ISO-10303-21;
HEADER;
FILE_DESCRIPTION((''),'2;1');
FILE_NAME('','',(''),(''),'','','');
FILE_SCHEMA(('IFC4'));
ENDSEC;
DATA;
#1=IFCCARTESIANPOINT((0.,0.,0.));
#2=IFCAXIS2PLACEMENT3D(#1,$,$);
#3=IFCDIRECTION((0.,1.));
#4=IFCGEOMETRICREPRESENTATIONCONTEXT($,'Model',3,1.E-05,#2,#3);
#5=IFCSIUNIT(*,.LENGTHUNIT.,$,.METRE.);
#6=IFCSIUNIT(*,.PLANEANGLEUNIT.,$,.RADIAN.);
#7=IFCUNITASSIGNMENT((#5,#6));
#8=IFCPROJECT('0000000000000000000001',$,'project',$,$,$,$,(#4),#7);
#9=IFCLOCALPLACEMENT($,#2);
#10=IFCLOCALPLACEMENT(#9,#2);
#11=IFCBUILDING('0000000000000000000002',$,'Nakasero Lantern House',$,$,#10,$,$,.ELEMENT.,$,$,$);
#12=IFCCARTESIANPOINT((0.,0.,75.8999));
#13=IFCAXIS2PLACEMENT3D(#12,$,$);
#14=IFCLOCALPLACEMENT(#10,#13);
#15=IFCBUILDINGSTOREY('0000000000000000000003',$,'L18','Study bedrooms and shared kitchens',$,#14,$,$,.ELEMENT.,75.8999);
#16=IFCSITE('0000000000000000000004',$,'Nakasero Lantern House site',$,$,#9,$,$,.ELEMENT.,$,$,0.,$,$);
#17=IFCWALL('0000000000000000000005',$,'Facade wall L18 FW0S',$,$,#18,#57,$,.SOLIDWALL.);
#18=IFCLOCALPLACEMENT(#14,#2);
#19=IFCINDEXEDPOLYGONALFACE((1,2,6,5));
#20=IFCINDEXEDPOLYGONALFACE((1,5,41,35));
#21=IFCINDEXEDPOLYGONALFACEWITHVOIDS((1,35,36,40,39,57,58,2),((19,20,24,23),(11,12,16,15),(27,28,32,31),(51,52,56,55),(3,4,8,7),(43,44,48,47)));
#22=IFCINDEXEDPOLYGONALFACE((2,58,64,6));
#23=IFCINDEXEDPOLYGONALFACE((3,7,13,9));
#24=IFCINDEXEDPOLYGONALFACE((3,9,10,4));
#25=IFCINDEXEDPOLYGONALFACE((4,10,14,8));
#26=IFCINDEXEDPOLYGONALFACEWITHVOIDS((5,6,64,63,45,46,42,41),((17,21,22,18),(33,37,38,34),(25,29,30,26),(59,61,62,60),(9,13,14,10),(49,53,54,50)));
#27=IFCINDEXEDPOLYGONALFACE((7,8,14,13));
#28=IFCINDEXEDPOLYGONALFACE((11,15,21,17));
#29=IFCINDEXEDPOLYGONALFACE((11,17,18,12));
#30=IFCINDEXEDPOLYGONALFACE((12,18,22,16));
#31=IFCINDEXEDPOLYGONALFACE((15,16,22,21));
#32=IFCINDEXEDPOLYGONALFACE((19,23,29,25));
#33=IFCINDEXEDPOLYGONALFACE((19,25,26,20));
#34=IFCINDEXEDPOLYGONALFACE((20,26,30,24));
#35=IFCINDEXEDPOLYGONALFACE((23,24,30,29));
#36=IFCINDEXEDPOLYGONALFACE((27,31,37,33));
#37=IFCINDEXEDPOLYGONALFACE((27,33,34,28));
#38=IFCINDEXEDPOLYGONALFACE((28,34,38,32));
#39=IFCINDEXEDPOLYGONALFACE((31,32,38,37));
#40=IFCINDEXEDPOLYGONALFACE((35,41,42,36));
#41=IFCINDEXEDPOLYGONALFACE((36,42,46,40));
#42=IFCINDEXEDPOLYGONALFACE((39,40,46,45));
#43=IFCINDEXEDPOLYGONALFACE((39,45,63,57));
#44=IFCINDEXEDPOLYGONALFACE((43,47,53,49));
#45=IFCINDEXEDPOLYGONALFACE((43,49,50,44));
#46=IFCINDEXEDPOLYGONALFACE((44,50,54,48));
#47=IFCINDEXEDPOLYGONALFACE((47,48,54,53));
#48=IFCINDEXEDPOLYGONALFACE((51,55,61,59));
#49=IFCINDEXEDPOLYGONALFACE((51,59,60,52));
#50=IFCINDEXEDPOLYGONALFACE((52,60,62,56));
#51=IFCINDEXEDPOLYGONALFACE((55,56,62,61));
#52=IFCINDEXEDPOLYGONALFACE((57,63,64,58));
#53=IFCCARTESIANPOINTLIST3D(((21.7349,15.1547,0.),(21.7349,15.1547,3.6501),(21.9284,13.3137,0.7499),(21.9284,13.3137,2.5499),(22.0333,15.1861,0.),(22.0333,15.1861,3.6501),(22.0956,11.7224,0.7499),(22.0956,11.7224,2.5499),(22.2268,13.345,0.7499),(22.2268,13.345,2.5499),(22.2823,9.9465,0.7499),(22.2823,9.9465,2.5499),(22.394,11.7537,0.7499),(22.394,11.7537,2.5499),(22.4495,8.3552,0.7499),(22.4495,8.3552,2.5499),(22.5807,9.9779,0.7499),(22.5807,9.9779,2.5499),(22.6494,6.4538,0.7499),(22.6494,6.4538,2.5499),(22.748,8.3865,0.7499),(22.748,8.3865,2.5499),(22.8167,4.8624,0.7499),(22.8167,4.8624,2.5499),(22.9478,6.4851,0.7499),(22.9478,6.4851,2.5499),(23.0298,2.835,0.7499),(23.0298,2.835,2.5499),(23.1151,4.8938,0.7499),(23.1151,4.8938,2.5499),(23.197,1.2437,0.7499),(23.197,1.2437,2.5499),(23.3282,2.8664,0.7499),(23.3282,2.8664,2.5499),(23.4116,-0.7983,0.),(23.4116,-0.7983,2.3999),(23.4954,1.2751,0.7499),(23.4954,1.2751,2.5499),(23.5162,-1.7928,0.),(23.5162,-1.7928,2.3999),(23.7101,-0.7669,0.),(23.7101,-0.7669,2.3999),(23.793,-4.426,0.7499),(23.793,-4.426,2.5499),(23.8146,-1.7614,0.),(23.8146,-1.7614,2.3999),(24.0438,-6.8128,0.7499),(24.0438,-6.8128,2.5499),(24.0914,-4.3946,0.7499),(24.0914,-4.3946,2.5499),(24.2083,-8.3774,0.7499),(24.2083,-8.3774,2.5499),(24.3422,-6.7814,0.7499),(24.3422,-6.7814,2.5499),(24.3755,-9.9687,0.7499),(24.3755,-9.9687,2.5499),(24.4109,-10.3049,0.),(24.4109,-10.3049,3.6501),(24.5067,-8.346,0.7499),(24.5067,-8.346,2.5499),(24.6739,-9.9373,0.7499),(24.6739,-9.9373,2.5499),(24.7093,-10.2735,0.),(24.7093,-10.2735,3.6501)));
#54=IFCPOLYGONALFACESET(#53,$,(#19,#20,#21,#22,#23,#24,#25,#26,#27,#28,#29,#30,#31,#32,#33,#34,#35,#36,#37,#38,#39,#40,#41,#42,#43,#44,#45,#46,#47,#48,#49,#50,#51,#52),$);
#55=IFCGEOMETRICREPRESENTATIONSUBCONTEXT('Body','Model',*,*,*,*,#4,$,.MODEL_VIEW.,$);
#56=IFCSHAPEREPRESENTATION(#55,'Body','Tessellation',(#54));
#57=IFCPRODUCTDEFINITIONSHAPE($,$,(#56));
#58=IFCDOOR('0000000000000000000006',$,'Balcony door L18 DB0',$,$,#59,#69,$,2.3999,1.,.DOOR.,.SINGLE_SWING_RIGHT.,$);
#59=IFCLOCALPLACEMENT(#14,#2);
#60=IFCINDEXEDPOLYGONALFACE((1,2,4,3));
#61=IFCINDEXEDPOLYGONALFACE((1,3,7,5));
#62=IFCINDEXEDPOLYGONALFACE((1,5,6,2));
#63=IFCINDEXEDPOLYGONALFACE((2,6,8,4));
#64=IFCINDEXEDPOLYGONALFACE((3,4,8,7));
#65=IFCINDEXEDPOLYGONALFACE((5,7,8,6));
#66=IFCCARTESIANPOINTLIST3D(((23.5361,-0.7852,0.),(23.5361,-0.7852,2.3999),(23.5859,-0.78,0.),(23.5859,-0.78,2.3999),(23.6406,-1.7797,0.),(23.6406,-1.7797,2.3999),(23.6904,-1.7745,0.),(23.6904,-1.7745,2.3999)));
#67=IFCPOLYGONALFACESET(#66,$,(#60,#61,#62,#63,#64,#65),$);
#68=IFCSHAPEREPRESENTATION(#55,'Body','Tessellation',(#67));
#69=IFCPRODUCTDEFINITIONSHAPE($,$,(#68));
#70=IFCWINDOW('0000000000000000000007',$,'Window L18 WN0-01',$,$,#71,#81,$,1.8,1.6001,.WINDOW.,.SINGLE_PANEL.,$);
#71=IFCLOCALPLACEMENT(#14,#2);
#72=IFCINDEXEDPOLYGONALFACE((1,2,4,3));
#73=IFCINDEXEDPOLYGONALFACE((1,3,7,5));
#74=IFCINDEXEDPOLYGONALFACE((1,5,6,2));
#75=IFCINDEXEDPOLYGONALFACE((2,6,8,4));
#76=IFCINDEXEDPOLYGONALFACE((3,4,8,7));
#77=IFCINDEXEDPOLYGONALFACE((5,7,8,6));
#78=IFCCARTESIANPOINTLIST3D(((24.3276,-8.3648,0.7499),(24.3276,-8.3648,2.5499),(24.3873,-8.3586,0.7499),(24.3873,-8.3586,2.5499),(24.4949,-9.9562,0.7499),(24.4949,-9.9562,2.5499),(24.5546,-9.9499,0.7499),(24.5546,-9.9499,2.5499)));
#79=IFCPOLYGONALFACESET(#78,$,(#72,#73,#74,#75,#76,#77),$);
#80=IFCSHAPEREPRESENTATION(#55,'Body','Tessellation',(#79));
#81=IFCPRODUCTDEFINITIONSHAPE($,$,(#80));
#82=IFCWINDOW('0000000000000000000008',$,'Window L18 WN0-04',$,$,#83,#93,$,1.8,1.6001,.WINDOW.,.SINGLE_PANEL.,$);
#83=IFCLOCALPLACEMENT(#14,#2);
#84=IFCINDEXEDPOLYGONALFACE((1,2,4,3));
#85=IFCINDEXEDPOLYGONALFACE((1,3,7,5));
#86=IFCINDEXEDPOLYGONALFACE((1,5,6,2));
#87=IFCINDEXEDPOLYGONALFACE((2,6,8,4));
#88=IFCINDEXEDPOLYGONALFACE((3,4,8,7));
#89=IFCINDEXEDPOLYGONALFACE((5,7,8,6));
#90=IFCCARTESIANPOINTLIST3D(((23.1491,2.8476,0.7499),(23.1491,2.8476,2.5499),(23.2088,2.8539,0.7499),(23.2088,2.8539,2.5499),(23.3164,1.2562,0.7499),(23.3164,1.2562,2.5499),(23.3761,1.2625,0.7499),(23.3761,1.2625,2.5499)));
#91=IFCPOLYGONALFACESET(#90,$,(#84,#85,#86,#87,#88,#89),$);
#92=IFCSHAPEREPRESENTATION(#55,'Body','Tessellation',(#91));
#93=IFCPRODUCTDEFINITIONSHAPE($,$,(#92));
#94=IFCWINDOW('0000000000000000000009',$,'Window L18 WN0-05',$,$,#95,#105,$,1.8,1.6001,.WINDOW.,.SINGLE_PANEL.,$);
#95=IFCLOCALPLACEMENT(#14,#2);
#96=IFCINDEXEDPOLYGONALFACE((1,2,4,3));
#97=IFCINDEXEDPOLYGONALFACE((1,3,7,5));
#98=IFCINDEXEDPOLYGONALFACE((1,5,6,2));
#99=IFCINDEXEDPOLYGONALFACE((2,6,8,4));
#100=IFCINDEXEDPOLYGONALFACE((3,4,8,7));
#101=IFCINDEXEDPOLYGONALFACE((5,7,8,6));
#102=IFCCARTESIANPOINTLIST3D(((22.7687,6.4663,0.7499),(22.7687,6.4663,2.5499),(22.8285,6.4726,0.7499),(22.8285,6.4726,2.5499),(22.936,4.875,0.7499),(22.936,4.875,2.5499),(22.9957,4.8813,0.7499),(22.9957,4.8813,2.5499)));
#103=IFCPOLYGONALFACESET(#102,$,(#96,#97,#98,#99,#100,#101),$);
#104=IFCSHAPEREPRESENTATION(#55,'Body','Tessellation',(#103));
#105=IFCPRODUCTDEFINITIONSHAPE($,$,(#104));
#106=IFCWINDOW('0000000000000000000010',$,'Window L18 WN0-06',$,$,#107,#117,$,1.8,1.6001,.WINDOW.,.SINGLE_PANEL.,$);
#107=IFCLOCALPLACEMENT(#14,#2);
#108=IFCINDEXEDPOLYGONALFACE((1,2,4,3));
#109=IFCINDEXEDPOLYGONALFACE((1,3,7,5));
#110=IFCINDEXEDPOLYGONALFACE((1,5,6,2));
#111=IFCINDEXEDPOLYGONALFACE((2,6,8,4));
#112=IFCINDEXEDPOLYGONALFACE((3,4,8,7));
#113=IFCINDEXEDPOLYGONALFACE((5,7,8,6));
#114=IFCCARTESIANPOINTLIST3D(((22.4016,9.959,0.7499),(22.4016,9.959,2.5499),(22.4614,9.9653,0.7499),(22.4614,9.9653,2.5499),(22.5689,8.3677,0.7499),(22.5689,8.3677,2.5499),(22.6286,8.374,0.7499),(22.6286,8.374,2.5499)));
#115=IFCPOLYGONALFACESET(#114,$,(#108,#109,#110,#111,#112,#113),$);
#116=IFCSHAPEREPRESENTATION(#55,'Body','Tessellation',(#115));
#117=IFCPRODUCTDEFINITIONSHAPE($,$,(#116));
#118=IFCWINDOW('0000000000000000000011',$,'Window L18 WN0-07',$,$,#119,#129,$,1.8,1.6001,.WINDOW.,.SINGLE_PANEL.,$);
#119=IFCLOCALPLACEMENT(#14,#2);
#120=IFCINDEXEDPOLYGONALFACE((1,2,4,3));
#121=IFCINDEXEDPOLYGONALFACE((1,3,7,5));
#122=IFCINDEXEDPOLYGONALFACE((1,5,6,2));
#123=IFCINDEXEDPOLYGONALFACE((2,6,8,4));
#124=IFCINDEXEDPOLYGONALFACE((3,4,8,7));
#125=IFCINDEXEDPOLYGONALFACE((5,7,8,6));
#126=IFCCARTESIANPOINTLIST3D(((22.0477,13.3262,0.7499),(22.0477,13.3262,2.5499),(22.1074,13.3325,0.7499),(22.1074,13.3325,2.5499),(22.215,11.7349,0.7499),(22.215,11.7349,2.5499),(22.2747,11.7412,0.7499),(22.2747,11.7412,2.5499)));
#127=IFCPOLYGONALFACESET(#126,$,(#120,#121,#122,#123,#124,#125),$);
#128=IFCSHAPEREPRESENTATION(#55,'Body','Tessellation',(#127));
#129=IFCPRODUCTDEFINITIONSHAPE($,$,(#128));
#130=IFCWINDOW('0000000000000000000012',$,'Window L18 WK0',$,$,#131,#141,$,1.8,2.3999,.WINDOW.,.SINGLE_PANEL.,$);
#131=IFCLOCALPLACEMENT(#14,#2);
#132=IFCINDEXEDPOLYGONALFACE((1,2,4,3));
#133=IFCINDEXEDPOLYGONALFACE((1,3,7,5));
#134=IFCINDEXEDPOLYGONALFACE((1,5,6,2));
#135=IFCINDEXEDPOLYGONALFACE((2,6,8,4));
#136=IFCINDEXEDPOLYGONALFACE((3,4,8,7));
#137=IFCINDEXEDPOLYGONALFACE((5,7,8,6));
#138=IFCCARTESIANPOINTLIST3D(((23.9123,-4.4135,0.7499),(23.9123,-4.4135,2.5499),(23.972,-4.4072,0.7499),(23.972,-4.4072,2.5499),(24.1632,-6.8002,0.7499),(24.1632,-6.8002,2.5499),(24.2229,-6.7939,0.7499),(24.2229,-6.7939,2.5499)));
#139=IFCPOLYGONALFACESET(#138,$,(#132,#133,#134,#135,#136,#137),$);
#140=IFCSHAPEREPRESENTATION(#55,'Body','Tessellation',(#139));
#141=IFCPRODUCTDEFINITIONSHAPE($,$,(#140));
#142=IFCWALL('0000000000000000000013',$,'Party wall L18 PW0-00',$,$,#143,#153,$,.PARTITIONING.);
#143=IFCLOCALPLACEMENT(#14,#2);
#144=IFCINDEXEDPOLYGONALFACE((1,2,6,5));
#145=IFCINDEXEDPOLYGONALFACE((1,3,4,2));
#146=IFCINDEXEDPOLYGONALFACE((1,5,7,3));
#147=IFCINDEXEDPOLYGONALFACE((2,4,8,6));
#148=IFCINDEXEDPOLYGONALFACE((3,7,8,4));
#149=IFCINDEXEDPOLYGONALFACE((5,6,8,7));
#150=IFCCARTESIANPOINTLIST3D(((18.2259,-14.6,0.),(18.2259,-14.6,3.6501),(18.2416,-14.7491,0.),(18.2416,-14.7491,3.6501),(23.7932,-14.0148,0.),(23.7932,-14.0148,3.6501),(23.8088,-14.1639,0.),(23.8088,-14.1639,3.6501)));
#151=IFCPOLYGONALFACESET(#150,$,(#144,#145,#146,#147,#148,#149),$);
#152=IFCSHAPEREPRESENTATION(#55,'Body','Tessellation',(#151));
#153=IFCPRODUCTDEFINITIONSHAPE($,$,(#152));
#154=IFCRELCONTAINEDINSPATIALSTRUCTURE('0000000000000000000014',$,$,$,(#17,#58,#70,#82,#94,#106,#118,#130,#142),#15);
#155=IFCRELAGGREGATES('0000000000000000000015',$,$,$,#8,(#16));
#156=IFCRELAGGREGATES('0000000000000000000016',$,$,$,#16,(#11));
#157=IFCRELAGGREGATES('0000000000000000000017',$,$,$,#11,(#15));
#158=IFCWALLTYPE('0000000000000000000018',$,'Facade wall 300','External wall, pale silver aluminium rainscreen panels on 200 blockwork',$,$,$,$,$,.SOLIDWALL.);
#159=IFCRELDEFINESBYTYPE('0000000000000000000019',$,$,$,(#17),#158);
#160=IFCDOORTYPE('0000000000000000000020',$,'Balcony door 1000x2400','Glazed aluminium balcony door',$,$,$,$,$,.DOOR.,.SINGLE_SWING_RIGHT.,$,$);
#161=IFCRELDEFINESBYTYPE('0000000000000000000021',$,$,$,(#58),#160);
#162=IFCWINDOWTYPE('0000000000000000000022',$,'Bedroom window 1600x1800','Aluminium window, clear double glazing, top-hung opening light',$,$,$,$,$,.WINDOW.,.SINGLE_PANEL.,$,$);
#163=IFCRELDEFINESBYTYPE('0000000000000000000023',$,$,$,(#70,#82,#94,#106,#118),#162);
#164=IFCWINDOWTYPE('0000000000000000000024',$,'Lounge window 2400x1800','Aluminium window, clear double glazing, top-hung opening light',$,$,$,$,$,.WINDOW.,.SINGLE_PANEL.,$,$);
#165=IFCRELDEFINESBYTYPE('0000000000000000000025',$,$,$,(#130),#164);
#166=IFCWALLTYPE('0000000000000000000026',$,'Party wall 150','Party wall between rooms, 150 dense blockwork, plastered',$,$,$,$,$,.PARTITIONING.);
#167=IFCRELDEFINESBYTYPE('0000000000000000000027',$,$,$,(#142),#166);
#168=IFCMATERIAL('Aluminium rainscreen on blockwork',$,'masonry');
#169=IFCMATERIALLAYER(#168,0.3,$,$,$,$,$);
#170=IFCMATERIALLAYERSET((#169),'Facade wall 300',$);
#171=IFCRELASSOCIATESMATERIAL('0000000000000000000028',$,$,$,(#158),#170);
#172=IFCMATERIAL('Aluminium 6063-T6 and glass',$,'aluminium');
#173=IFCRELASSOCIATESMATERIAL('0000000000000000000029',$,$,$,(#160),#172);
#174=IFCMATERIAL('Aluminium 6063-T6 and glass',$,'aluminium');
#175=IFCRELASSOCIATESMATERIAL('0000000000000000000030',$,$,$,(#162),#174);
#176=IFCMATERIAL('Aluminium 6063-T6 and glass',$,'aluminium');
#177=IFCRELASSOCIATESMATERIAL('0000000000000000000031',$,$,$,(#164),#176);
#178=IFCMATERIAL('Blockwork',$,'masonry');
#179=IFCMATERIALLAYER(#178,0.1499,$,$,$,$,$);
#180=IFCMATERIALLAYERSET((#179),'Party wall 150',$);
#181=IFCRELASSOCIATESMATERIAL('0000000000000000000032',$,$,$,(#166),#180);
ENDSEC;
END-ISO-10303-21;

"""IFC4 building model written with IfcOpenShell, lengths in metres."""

from ifc_helpers import new_model, si_unit, direction, frame, frame_2d, origin, place, context, subcontext, project, spatial, rectangle, extrude, material, layer, layer_set, type_object, element, fill, save


model = new_model("IFC4")

# Units and contexts
model_context = context("Model", 3, precision=1e-05, world=origin(), true_north=direction((0.0, 1.0)))
body_context = subcontext(model_context, "Body", "Model", "MODEL_VIEW")
ifc_project = project(units=[si_unit("LENGTHUNIT", "METRE"), si_unit("PLANEANGLEUNIT", "RADIAN")], contexts=[model_context])

# Site, building, storey
site_placement = place(None, origin())
site = spatial("IfcSite", under=ifc_project, at=site_placement, Name="Nakasero Lantern House site", CompositionType="ELEMENT", RefElevation=0.0)
building_placement = place(site_placement, origin())
building = spatial("IfcBuilding", under=site, at=building_placement, Name="Nakasero Lantern House", CompositionType="ELEMENT")
storey_placement = place(building_placement, frame((0.0, 0.0, 75.8999)))
storey = spatial("IfcBuildingStorey", under=building, at=storey_placement, Name="L18", Description="Study bedrooms and shared kitchens", CompositionType="ELEMENT", Elevation=75.8999)

# Wall, openings, door, windows
ifc_material_1 = material(Name="Aluminium rainscreen on blockwork", Category="masonry")
ifc_layer_1 = layer(ifc_material_1, 0.3)
ifc_layer_set_1 = layer_set([ifc_layer_1], Name="Facade wall 300")
wall_type_1 = type_object("IfcWallType", Name="Facade wall 300", Description="External wall, pale silver aluminium rainscreen panels on 200 blockwork", PredefinedType="SOLIDWALL", material=ifc_layer_set_1)
wall_1_placement = place(storey_placement, frame((24.5601, -10.2891, 0.0), z_axis=(0.0, 0.0, 1.0), x_axis=(-0.104532, 0.994521, 0.0)))
wall_1 = element("IfcWall", 1, at=wall_1_placement, inside=storey, type_object=wall_type_1, Name="Facade wall L18 FW0S", PredefinedType="SOLIDWALL", context=body_context, shape_type="SweptSolid", body=[
    extrude(rectangle(XDim=25.5999, YDim=0.3, at=frame_2d((12.7998, 0.0))), origin(), (0.0, 0.0, 1.0), 3.6501),
])
opening_1_placement = place(wall_1_placement, frame((0.3379, 0.0, 0.75)))
opening_1 = element("IfcOpeningElement", 2, at=opening_1_placement, cuts=wall_1, PredefinedType="OPENING", context=body_context, shape_type="SweptSolid", body=[
    extrude(rectangle(XDim=1.6001, YDim=1.8, at=frame_2d((0.8, 0.8999))), frame((0.0, 0.1699, 0.0), z_axis=(0.0, -1.0, 0.0), x_axis=(1.0, 0.0, 0.0)), (0.0, 0.0, 1.0), 0.3401),
])
opening_2_placement = place(wall_1_placement, frame((11.6121, 0.0, 0.75)))
opening_2 = element("IfcOpeningElement", 3, at=opening_2_placement, cuts=wall_1, PredefinedType="OPENING", context=body_context, shape_type="SweptSolid", body=[
    extrude(rectangle(XDim=1.6001, YDim=1.8, at=frame_2d((0.8, 0.8999))), frame((0.0, 0.1699, 0.0), z_axis=(0.0, -1.0, 0.0), x_axis=(1.0, 0.0, 0.0)), (0.0, 0.0, 1.0), 0.3401),
])
opening_3_placement = place(wall_1_placement, frame((15.2507, 0.0, 0.75)))
opening_3 = element("IfcOpeningElement", 4, at=opening_3_placement, cuts=wall_1, PredefinedType="OPENING", context=body_context, shape_type="SweptSolid", body=[
    extrude(rectangle(XDim=1.6001, YDim=1.8, at=frame_2d((0.8, 0.8999))), frame((0.0, 0.1699, 0.0), z_axis=(0.0, -1.0, 0.0), x_axis=(1.0, 0.0, 0.0)), (0.0, 0.0, 1.0), 0.3401),
])
opening_4_placement = place(wall_1_placement, frame((18.7627, 0.0, 0.75)))
opening_4 = element("IfcOpeningElement", 5, at=opening_4_placement, cuts=wall_1, PredefinedType="OPENING", context=body_context, shape_type="SweptSolid", body=[
    extrude(rectangle(XDim=1.6001, YDim=1.8, at=frame_2d((0.8, 0.8999))), frame((0.0, 0.1699, 0.0), z_axis=(0.0, -1.0, 0.0), x_axis=(1.0, 0.0, 0.0)), (0.0, 0.0, 1.0), 0.3401),
])
opening_5_placement = place(wall_1_placement, frame((22.1484, 0.0, 0.75)))
opening_5 = element("IfcOpeningElement", 6, at=opening_5_placement, cuts=wall_1, PredefinedType="OPENING", context=body_context, shape_type="SweptSolid", body=[
    extrude(rectangle(XDim=1.6001, YDim=1.8, at=frame_2d((0.8, 0.8999))), frame((0.0, 0.1699, 0.0), z_axis=(0.0, -1.0, 0.0), x_axis=(1.0, 0.0, 0.0)), (0.0, 0.0, 1.0), 0.3401),
])
opening_6_placement = place(wall_1_placement, frame((3.5112, 0.0, 0.75)))
opening_6 = element("IfcOpeningElement", 7, at=opening_6_placement, cuts=wall_1, PredefinedType="OPENING", context=body_context, shape_type="SweptSolid", body=[
    extrude(rectangle(XDim=2.3999, YDim=1.8, at=frame_2d((1.2, 0.8999))), frame((0.0, 0.1699, 0.0), z_axis=(0.0, -1.0, 0.0), x_axis=(1.0, 0.0, 0.0)), (0.0, 0.0, 1.0), 0.3401),
])
opening_7_placement = place(wall_1_placement, frame((8.5588, 0.0, 0.0)))
opening_7 = element("IfcOpeningElement", 8, at=opening_7_placement, cuts=wall_1, PredefinedType="OPENING", context=body_context, shape_type="SweptSolid", body=[
    extrude(rectangle(XDim=1.0, YDim=2.3999, at=frame_2d((0.5, 1.2))), frame((0.0, 0.1699, 0.0), z_axis=(0.0, -1.0, 0.0), x_axis=(1.0, 0.0, 0.0)), (0.0, 0.0, 1.0), 0.3401),
])
ifc_material_2 = material(Name="Aluminium 6063-T6 and glass", Category="aluminium")
door_type_1 = type_object("IfcDoorType", Name="Balcony door 1000x2400", Description="Glazed aluminium balcony door", OperationType="SINGLE_SWING_RIGHT", PredefinedType="DOOR", material=ifc_material_2)
door_1_placement = place(opening_7_placement, origin())
door_1 = element("IfcDoor", 9, at=door_1_placement, inside=storey, type_object=door_type_1, Name="Balcony door L18 DB0", OperationType="SINGLE_SWING_RIGHT", OverallHeight=2.3999, OverallWidth=1.0, PredefinedType="DOOR", context=body_context, shape_type="SweptSolid", body=[
    extrude(rectangle(XDim=1.0, YDim=2.3999, at=frame_2d((0.5, 1.2))), frame((0.0, 0.0249, 0.0), z_axis=(0.0, -1.0, 0.0), x_axis=(1.0, 0.0, 0.0)), (0.0, 0.0, 1.0), 0.05),
])
fill(opening_7, door_1)
ifc_material_3 = material(Name="Aluminium 6063-T6 and glass", Category="aluminium")
window_type_1 = type_object("IfcWindowType", Name="Bedroom window 1600x1800", Description="Aluminium window, clear double glazing, top-hung opening light", PartitioningType="SINGLE_PANEL", PredefinedType="WINDOW", material=ifc_material_3)
window_1_placement = place(opening_1_placement, origin())
window_1 = element("IfcWindow", 10, at=window_1_placement, inside=storey, type_object=window_type_1, Name="Window L18 WN0-01", OverallHeight=1.8, OverallWidth=1.6001, PartitioningType="SINGLE_PANEL", PredefinedType="WINDOW", context=body_context, shape_type="SweptSolid", body=[
    extrude(rectangle(XDim=1.6001, YDim=1.8, at=frame_2d((0.8, 0.8999))), frame((0.0, 0.03, 0.0), z_axis=(0.0, -1.0, 0.0), x_axis=(1.0, 0.0, 0.0)), (0.0, 0.0, 1.0), 0.0601),
])
fill(opening_1, window_1)
window_2_placement = place(opening_2_placement, origin())
window_2 = element("IfcWindow", 11, at=window_2_placement, inside=storey, type_object=window_type_1, Name="Window L18 WN0-04", OverallHeight=1.8, OverallWidth=1.6001, PartitioningType="SINGLE_PANEL", PredefinedType="WINDOW", context=body_context, shape_type="SweptSolid", body=[
    extrude(rectangle(XDim=1.6001, YDim=1.8, at=frame_2d((0.8, 0.8999))), frame((0.0, 0.03, 0.0), z_axis=(0.0, -1.0, 0.0), x_axis=(1.0, 0.0, 0.0)), (0.0, 0.0, 1.0), 0.0601),
])
fill(opening_2, window_2)
window_3_placement = place(opening_3_placement, origin())
window_3 = element("IfcWindow", 12, at=window_3_placement, inside=storey, type_object=window_type_1, Name="Window L18 WN0-05", OverallHeight=1.8, OverallWidth=1.6001, PartitioningType="SINGLE_PANEL", PredefinedType="WINDOW", context=body_context, shape_type="SweptSolid", body=[
    extrude(rectangle(XDim=1.6001, YDim=1.8, at=frame_2d((0.8, 0.8999))), frame((0.0, 0.03, 0.0), z_axis=(0.0, -1.0, 0.0), x_axis=(1.0, 0.0, 0.0)), (0.0, 0.0, 1.0), 0.0601),
])
fill(opening_3, window_3)
window_4_placement = place(opening_4_placement, origin())
window_4 = element("IfcWindow", 13, at=window_4_placement, inside=storey, type_object=window_type_1, Name="Window L18 WN0-06", OverallHeight=1.8, OverallWidth=1.6001, PartitioningType="SINGLE_PANEL", PredefinedType="WINDOW", context=body_context, shape_type="SweptSolid", body=[
    extrude(rectangle(XDim=1.6001, YDim=1.8, at=frame_2d((0.8, 0.8999))), frame((0.0, 0.03, 0.0), z_axis=(0.0, -1.0, 0.0), x_axis=(1.0, 0.0, 0.0)), (0.0, 0.0, 1.0), 0.0601),
])
fill(opening_4, window_4)
window_5_placement = place(opening_5_placement, origin())
window_5 = element("IfcWindow", 14, at=window_5_placement, inside=storey, type_object=window_type_1, Name="Window L18 WN0-07", OverallHeight=1.8, OverallWidth=1.6001, PartitioningType="SINGLE_PANEL", PredefinedType="WINDOW", context=body_context, shape_type="SweptSolid", body=[
    extrude(rectangle(XDim=1.6001, YDim=1.8, at=frame_2d((0.8, 0.8999))), frame((0.0, 0.03, 0.0), z_axis=(0.0, -1.0, 0.0), x_axis=(1.0, 0.0, 0.0)), (0.0, 0.0, 1.0), 0.0601),
])
fill(opening_5, window_5)
ifc_material_4 = material(Name="Aluminium 6063-T6 and glass", Category="aluminium")
window_type_2 = type_object("IfcWindowType", Name="Lounge window 2400x1800", Description="Aluminium window, clear double glazing, top-hung opening light", PartitioningType="SINGLE_PANEL", PredefinedType="WINDOW", material=ifc_material_4)
window_6_placement = place(opening_6_placement, origin())
window_6 = element("IfcWindow", 15, at=window_6_placement, inside=storey, type_object=window_type_2, Name="Window L18 WK0", OverallHeight=1.8, OverallWidth=2.3999, PartitioningType="SINGLE_PANEL", PredefinedType="WINDOW", context=body_context, shape_type="SweptSolid", body=[
    extrude(rectangle(XDim=2.3999, YDim=1.8, at=frame_2d((1.2, 0.8999))), frame((0.0, 0.03, 0.0), z_axis=(0.0, -1.0, 0.0), x_axis=(1.0, 0.0, 0.0)), (0.0, 0.0, 1.0), 0.0601),
])
fill(opening_6, window_6)

# Wall
ifc_material_5 = material(Name="Blockwork", Category="masonry")
ifc_layer_2 = layer(ifc_material_5, 0.1499)
ifc_layer_set_2 = layer_set([ifc_layer_2], Name="Party wall 150")
wall_type_2 = type_object("IfcWallType", Name="Party wall 150", Description="Party wall between rooms, 150 dense blockwork, plastered", PredefinedType="PARTITIONING", material=ifc_layer_set_2)
wall_2_placement = place(storey_placement, frame((18.2339, -14.6746, 0.0), z_axis=(0.0, 0.0, 1.0), x_axis=(0.99452, 0.104542, 0.0)))
element("IfcWall", 16, at=wall_2_placement, inside=storey, type_object=wall_type_2, Name="Party wall L18 PW0-00", PredefinedType="PARTITIONING", context=body_context, shape_type="SweptSolid", body=[
    extrude(rectangle(XDim=5.5979, YDim=0.1499, at=frame_2d((2.7988, 0.0))), origin(), (0.0, 0.0, 1.0), 3.6501),
])

save(model, "model.ifc")
